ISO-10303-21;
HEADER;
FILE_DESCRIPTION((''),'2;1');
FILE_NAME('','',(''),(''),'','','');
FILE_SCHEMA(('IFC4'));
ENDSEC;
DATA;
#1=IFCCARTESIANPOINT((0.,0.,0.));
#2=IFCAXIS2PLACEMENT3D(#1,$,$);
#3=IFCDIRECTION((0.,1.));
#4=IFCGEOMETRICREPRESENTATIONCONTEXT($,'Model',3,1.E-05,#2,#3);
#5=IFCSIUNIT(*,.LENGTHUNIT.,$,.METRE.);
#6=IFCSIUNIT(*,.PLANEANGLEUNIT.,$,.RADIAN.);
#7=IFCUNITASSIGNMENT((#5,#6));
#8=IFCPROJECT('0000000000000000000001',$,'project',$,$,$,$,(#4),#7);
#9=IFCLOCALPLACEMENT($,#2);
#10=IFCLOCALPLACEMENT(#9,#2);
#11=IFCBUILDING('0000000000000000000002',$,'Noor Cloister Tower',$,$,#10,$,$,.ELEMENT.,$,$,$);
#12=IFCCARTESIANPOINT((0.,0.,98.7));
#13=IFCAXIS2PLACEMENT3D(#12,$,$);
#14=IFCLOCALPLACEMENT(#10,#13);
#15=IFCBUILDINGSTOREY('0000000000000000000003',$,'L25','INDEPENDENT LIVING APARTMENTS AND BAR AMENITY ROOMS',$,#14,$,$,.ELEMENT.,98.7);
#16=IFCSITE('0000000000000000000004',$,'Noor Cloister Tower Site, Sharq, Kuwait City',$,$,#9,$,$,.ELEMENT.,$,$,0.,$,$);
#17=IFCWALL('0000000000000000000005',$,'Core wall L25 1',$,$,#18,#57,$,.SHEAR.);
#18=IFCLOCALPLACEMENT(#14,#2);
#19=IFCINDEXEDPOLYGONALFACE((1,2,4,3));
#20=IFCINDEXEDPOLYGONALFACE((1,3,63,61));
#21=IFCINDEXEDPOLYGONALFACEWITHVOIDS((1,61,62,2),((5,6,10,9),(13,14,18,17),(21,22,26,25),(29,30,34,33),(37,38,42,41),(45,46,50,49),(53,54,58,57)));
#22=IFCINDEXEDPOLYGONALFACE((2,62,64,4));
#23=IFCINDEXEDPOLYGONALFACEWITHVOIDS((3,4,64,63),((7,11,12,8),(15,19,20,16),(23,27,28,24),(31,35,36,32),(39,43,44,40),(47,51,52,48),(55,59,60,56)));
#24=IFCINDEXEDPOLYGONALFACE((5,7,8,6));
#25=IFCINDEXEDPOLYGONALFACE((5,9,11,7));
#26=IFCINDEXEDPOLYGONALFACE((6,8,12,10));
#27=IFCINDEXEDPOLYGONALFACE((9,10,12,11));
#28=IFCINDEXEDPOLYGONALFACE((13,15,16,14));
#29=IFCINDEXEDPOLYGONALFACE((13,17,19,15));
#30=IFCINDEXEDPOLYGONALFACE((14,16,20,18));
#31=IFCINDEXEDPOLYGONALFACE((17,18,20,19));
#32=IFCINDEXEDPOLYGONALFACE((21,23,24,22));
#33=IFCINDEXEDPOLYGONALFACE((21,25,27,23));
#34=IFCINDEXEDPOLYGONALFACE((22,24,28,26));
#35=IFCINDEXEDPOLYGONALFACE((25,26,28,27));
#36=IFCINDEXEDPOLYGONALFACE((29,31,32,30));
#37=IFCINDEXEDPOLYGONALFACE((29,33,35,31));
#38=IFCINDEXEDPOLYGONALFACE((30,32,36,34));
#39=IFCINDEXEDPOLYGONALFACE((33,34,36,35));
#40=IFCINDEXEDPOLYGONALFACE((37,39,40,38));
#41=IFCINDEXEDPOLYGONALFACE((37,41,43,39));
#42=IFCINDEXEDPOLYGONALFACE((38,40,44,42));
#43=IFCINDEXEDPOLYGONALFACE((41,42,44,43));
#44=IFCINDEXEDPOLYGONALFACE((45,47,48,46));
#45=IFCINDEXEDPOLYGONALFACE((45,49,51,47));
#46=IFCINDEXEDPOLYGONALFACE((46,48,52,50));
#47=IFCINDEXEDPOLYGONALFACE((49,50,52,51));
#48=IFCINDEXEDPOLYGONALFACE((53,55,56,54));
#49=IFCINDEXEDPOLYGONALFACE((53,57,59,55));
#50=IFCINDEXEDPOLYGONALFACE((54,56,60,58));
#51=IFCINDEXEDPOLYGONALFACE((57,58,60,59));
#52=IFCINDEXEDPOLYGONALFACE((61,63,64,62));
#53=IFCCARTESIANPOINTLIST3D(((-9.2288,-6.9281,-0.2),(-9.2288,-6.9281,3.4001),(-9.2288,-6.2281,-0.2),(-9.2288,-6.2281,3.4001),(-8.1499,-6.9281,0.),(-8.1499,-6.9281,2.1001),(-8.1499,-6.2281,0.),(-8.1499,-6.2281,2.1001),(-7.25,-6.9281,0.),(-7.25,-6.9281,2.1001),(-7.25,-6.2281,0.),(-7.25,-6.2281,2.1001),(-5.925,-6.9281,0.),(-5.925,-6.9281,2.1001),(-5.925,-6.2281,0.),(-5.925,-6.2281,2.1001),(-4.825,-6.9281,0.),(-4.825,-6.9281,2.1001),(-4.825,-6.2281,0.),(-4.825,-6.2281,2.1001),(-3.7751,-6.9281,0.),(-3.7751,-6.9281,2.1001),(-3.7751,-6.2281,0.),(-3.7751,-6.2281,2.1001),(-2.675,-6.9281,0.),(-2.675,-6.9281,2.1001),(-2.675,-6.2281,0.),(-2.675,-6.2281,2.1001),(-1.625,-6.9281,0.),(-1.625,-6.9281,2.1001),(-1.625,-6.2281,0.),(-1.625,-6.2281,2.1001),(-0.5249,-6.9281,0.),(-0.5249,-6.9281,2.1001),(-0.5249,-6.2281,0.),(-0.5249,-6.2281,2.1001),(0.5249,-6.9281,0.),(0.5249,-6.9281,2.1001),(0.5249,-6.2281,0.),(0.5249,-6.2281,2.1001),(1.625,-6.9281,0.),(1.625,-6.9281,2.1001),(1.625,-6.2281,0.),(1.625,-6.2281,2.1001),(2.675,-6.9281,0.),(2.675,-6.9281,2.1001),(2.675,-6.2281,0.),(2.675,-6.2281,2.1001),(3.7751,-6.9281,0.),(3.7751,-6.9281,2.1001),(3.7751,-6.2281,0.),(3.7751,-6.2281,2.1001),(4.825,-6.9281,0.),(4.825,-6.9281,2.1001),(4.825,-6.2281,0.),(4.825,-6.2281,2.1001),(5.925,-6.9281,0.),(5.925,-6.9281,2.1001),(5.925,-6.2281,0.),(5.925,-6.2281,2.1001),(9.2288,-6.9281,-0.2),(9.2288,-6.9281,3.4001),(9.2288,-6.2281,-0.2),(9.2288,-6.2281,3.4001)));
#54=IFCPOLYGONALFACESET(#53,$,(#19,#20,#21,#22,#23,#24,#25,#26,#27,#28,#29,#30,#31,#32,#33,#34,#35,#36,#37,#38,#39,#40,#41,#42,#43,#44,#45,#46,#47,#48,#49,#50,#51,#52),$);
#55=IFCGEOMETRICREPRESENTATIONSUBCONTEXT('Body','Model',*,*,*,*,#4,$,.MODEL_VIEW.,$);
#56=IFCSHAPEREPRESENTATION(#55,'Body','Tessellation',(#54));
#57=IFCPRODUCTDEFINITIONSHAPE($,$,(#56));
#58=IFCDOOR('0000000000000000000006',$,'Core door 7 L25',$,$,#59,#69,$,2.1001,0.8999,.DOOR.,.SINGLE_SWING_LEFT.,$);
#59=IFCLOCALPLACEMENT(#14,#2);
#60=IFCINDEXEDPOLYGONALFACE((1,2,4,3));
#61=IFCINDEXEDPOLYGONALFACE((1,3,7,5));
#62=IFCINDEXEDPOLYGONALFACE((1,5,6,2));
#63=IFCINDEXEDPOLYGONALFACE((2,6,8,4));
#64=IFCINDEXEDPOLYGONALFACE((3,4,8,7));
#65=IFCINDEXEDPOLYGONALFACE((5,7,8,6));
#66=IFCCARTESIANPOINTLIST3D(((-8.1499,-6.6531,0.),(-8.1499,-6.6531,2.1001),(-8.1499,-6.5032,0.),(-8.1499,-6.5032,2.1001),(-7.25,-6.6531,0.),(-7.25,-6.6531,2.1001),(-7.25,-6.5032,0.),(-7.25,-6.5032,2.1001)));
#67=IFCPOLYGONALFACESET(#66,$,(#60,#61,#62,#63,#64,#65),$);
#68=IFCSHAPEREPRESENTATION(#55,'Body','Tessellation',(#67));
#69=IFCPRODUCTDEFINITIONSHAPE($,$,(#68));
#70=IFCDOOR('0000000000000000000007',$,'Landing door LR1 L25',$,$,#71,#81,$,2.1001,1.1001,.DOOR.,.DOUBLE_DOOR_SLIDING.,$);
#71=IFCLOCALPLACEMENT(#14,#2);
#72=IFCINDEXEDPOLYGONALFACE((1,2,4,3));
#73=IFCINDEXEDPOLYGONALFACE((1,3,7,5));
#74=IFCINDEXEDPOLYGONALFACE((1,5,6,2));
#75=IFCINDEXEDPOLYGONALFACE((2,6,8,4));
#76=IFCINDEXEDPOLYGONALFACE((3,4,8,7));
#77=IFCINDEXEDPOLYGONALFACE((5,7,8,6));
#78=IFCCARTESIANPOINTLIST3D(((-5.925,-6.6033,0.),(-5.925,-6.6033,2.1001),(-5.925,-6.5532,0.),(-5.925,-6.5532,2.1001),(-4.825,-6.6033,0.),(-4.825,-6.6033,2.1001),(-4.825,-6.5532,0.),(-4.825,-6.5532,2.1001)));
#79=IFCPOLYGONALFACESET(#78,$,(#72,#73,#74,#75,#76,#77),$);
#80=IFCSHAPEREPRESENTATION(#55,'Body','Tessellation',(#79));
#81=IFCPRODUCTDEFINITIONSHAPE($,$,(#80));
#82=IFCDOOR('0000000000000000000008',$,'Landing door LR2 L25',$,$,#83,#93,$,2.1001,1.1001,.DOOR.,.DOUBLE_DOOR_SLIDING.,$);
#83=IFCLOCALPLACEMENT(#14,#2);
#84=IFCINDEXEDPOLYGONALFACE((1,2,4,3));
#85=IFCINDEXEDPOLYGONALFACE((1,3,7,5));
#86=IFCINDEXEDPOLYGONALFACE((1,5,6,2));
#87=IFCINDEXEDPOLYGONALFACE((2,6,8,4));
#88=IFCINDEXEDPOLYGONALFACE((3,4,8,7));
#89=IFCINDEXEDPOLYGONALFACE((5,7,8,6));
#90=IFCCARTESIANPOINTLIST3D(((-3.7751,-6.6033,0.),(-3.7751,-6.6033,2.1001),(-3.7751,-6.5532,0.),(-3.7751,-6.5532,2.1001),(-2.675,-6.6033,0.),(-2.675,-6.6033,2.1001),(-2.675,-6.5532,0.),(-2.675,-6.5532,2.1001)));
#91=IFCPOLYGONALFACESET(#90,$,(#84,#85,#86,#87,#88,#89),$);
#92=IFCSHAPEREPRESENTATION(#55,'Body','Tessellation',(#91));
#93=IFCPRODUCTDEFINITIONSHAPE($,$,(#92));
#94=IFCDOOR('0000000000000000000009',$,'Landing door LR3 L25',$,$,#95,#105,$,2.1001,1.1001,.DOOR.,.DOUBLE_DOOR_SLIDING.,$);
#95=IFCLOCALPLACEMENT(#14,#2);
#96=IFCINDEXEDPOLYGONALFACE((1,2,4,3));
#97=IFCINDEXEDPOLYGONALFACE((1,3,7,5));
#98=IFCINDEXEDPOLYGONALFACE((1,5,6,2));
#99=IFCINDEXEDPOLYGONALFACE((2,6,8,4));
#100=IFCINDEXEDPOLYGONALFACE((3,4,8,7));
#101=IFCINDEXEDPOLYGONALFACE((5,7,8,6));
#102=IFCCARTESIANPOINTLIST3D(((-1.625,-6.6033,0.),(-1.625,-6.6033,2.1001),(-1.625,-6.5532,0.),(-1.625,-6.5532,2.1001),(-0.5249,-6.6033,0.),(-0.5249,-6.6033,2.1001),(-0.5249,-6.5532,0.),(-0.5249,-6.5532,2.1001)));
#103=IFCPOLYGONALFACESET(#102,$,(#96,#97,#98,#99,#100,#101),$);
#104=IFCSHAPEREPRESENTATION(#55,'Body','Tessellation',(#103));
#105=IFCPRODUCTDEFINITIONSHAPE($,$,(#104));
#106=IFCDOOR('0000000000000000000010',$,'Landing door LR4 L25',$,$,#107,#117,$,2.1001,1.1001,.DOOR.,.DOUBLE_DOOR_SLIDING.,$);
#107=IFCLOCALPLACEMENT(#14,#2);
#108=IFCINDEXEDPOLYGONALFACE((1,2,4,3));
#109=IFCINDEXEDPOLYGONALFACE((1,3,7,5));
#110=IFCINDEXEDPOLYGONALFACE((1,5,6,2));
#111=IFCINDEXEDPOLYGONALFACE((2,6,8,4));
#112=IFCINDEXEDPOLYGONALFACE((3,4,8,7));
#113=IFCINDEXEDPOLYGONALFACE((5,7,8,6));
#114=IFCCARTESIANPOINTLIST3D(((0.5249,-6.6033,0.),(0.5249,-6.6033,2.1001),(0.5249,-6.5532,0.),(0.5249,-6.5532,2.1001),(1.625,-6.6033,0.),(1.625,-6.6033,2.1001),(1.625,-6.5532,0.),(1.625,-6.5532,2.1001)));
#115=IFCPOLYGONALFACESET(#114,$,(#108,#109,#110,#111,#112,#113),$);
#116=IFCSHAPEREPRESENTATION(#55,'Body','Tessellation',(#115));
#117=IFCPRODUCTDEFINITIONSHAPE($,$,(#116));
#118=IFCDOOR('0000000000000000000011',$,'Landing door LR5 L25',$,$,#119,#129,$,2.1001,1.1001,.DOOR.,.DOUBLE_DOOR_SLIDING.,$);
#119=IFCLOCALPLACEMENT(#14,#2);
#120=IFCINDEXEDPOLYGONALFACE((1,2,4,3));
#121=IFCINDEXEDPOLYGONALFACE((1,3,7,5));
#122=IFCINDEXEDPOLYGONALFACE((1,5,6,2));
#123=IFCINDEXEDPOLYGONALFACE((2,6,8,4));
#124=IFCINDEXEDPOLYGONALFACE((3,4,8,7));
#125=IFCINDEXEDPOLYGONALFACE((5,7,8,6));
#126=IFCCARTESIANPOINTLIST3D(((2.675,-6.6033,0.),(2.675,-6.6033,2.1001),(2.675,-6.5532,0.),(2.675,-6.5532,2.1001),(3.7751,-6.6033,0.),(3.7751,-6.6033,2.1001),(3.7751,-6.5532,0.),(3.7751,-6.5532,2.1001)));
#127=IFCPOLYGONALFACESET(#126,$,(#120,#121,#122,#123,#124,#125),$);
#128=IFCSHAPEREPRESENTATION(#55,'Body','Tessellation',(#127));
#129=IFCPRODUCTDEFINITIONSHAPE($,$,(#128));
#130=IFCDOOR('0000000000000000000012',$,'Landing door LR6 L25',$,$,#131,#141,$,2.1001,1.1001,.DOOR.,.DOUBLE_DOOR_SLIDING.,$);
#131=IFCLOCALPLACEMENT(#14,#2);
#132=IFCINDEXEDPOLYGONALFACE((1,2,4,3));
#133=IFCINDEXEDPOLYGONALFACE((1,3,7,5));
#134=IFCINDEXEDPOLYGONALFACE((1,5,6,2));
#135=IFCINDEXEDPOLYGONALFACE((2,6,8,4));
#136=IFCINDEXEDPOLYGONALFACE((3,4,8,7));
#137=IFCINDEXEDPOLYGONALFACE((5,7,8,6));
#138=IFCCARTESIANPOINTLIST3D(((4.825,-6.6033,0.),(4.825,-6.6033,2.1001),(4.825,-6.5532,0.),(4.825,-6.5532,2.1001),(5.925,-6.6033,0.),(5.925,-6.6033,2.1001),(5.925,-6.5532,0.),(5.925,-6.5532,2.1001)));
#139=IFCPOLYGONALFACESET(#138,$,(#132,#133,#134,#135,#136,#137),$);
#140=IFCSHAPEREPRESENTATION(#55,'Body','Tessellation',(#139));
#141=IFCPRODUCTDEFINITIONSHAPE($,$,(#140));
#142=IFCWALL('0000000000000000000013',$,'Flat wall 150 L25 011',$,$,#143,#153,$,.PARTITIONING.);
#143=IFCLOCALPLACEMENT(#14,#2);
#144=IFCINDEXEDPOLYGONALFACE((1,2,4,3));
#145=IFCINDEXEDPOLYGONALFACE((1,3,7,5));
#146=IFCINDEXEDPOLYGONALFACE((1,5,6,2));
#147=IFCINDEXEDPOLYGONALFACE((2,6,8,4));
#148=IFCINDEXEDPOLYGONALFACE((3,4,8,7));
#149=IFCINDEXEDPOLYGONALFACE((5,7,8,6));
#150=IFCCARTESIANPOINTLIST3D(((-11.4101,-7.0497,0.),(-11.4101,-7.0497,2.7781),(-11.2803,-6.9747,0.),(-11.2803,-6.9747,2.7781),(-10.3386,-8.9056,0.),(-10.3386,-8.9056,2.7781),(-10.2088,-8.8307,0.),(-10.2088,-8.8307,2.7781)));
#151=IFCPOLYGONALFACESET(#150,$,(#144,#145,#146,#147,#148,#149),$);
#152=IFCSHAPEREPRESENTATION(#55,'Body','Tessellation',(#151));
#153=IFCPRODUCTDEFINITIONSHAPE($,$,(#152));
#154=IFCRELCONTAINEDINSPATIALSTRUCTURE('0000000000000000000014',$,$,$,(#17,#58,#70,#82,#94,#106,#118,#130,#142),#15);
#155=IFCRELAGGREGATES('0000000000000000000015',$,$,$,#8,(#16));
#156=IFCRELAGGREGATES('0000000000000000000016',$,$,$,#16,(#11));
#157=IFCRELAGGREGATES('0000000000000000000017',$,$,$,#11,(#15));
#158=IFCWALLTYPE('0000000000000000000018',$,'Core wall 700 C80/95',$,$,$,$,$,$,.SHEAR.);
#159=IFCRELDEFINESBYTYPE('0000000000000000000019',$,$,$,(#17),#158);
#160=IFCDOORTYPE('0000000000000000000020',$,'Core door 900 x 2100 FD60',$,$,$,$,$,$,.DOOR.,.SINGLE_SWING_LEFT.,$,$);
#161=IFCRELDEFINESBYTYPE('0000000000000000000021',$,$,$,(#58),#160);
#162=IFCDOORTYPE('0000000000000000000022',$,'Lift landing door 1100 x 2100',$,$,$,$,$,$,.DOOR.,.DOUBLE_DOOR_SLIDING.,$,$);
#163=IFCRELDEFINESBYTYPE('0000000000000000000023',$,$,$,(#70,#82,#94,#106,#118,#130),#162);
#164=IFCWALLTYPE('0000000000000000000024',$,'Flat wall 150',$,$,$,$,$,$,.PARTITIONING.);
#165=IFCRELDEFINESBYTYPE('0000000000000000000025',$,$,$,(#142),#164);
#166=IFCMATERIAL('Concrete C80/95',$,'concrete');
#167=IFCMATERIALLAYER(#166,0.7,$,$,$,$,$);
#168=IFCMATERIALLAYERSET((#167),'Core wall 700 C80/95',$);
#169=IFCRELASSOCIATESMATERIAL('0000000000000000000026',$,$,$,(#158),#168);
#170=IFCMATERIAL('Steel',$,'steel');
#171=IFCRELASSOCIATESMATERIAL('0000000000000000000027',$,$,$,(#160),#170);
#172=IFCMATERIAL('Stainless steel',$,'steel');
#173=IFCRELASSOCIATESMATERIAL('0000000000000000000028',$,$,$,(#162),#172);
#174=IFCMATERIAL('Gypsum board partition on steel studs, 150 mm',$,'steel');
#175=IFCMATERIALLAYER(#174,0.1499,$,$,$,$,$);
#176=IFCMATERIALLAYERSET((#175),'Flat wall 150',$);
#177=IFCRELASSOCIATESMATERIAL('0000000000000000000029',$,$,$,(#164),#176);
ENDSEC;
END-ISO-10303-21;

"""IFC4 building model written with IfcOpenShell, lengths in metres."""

from ifc_helpers import new_model, si_unit, direction, frame, frame_2d, origin, place, context, subcontext, project, spatial, rectangle, extrude, material, layer, layer_set, type_object, element, fill, save


model = new_model("IFC4")

# Units and contexts
model_context = context("Model", 3, precision=1e-05, world=origin(), true_north=direction((0.0, 1.0)))
body_context = subcontext(model_context, "Body", "Model", "MODEL_VIEW")
ifc_project = project(units=[si_unit("LENGTHUNIT", "METRE"), si_unit("PLANEANGLEUNIT", "RADIAN")], contexts=[model_context])

# Site, building, storey
site_placement = place(None, origin())
site = spatial("IfcSite", under=ifc_project, at=site_placement, Name="Noor Cloister Tower Site, Sharq, Kuwait City", CompositionType="ELEMENT", RefElevation=0.0)
building_placement = place(site_placement, origin())
building = spatial("IfcBuilding", under=site, at=building_placement, Name="Noor Cloister Tower", CompositionType="ELEMENT")
storey_placement = place(building_placement, frame((0.0, 0.0, 98.7)))
storey = spatial("IfcBuildingStorey", under=building, at=storey_placement, Name="L25", Description="INDEPENDENT LIVING APARTMENTS AND BAR AMENITY ROOMS", CompositionType="ELEMENT", Elevation=98.7)

# Wall, openings, doors
ifc_material_1 = material(Name="Concrete C80/95", Category="concrete")
ifc_layer_1 = layer(ifc_material_1, 0.7)
ifc_layer_set_1 = layer_set([ifc_layer_1], Name="Core wall 700 C80/95")
wall_type_1 = type_object("IfcWallType", Name="Core wall 700 C80/95", PredefinedType="SHEAR", material=ifc_layer_set_1)
wall_1_placement = place(storey_placement, frame((-9.2288, -6.5781, -0.2), z_axis=(0.0, 0.0, 1.0), x_axis=(1.0, 0.0, 0.0)))
wall_1 = element("IfcWall", 1, at=wall_1_placement, inside=storey, type_object=wall_type_1, Name="Core wall L25 1", PredefinedType="SHEAR", context=body_context, shape_type="SweptSolid", body=[
    extrude(rectangle(XDim=18.4575, YDim=0.7, at=frame_2d((9.2288, 0.0))), origin(), (0.0, 0.0, 1.0), 3.6001),
])
opening_1_placement = place(wall_1_placement, frame((3.3037, 0.0, 0.2)))
opening_1 = element("IfcOpeningElement", 2, at=opening_1_placement, cuts=wall_1, PredefinedType="OPENING", context=body_context, shape_type="SweptSolid", body=[
    extrude(rectangle(XDim=1.1001, YDim=2.1001, at=frame_2d((0.55, 1.05))), frame((0.0, 0.3599, 0.0), z_axis=(0.0, -1.0, 0.0), x_axis=(1.0, 0.0, 0.0)), (0.0, 0.0, 1.0), 0.72),
])
opening_2_placement = place(wall_1_placement, frame((5.4536, 0.0, 0.2)))
opening_2 = element("IfcOpeningElement", 3, at=opening_2_placement, cuts=wall_1, PredefinedType="OPENING", context=body_context, shape_type="SweptSolid", body=[
    extrude(rectangle(XDim=1.1001, YDim=2.1001, at=frame_2d((0.55, 1.05))), frame((0.0, 0.3599, 0.0), z_axis=(0.0, -1.0, 0.0), x_axis=(1.0, 0.0, 0.0)), (0.0, 0.0, 1.0), 0.72),
])
opening_3_placement = place(wall_1_placement, frame((7.6038, 0.0, 0.2)))
opening_3 = element("IfcOpeningElement", 4, at=opening_3_placement, cuts=wall_1, PredefinedType="OPENING", context=body_context, shape_type="SweptSolid", body=[
    extrude(rectangle(XDim=1.1001, YDim=2.1001, at=frame_2d((0.55, 1.05))), frame((0.0, 0.3599, 0.0), z_axis=(0.0, -1.0, 0.0), x_axis=(1.0, 0.0, 0.0)), (0.0, 0.0, 1.0), 0.72),
])
opening_4_placement = place(wall_1_placement, frame((9.7537, 0.0, 0.2)))
opening_4 = element("IfcOpeningElement", 5, at=opening_4_placement, cuts=wall_1, PredefinedType="OPENING", context=body_context, shape_type="SweptSolid", body=[
    extrude(rectangle(XDim=1.1001, YDim=2.1001, at=frame_2d((0.55, 1.05))), frame((0.0, 0.3599, 0.0), z_axis=(0.0, -1.0, 0.0), x_axis=(1.0, 0.0, 0.0)), (0.0, 0.0, 1.0), 0.72),
])
opening_5_placement = place(wall_1_placement, frame((11.9038, 0.0, 0.2)))
opening_5 = element("IfcOpeningElement", 6, at=opening_5_placement, cuts=wall_1, PredefinedType="OPENING", context=body_context, shape_type="SweptSolid", body=[
    extrude(rectangle(XDim=1.1001, YDim=2.1001, at=frame_2d((0.55, 1.05))), frame((0.0, 0.3599, 0.0), z_axis=(0.0, -1.0, 0.0), x_axis=(1.0, 0.0, 0.0)), (0.0, 0.0, 1.0), 0.72),
])
opening_6_placement = place(wall_1_placement, frame((14.0537, 0.0, 0.2)))
opening_6 = element("IfcOpeningElement", 7, at=opening_6_placement, cuts=wall_1, PredefinedType="OPENING", context=body_context, shape_type="SweptSolid", body=[
    extrude(rectangle(XDim=1.1001, YDim=2.1001, at=frame_2d((0.55, 1.05))), frame((0.0, 0.3599, 0.0), z_axis=(0.0, -1.0, 0.0), x_axis=(1.0, 0.0, 0.0)), (0.0, 0.0, 1.0), 0.72),
])
opening_7_placement = place(wall_1_placement, frame((1.0789, 0.0, 0.2)))
opening_7 = element("IfcOpeningElement", 8, at=opening_7_placement, cuts=wall_1, PredefinedType="OPENING", context=body_context, shape_type="SweptSolid", body=[
    extrude(rectangle(XDim=0.8999, YDim=2.1001, at=frame_2d((0.45, 1.05))), frame((0.0, 0.3599, 0.0), z_axis=(0.0, -1.0, 0.0), x_axis=(1.0, 0.0, 0.0)), (0.0, 0.0, 1.0), 0.72),
])
ifc_material_2 = material(Name="Steel", Category="steel")
door_type_1 = type_object("IfcDoorType", Name="Core door 900 x 2100 FD60", OperationType="SINGLE_SWING_LEFT", PredefinedType="DOOR", material=ifc_material_2)
door_1_placement = place(opening_7_placement, origin())
door_1 = element("IfcDoor", 9, at=door_1_placement, inside=storey, type_object=door_type_1, Name="Core door 7 L25", OperationType="SINGLE_SWING_LEFT", OverallHeight=2.1001, OverallWidth=0.8999, PredefinedType="DOOR", context=body_context, shape_type="SweptSolid", body=[
    extrude(rectangle(XDim=0.8999, YDim=2.1001, at=frame_2d((0.45, 1.05))), frame((0.0, 0.075, 0.0), z_axis=(0.0, -1.0, 0.0), x_axis=(1.0, 0.0, 0.0)), (0.0, 0.0, 1.0), 0.1499),
])
fill(opening_7, door_1)
ifc_material_3 = material(Name="Stainless steel", Category="steel")
door_type_2 = type_object("IfcDoorType", Name="Lift landing door 1100 x 2100", OperationType="DOUBLE_DOOR_SLIDING", PredefinedType="DOOR", material=ifc_material_3)
door_2_placement = place(opening_1_placement, origin())
door_2 = element("IfcDoor", 10, at=door_2_placement, inside=storey, type_object=door_type_2, Name="Landing door LR1 L25", OperationType="DOUBLE_DOOR_SLIDING", OverallHeight=2.1001, OverallWidth=1.1001, PredefinedType="DOOR", context=body_context, shape_type="SweptSolid", body=[
    extrude(rectangle(XDim=1.1001, YDim=2.1001, at=frame_2d((0.55, 1.05))), frame((0.0, 0.0249, 0.0), z_axis=(0.0, -1.0, 0.0), x_axis=(1.0, 0.0, 0.0)), (0.0, 0.0, 1.0), 0.05),
])
fill(opening_1, door_2)
door_3_placement = place(opening_2_placement, origin())
door_3 = element("IfcDoor", 11, at=door_3_placement, inside=storey, type_object=door_type_2, Name="Landing door LR2 L25", OperationType="DOUBLE_DOOR_SLIDING", OverallHeight=2.1001, OverallWidth=1.1001, PredefinedType="DOOR", context=body_context, shape_type="SweptSolid", body=[
    extrude(rectangle(XDim=1.1001, YDim=2.1001, at=frame_2d((0.55, 1.05))), frame((0.0, 0.0249, 0.0), z_axis=(0.0, -1.0, 0.0), x_axis=(1.0, 0.0, 0.0)), (0.0, 0.0, 1.0), 0.05),
])
fill(opening_2, door_3)
door_4_placement = place(opening_3_placement, origin())
door_4 = element("IfcDoor", 12, at=door_4_placement, inside=storey, type_object=door_type_2, Name="Landing door LR3 L25", OperationType="DOUBLE_DOOR_SLIDING", OverallHeight=2.1001, OverallWidth=1.1001, PredefinedType="DOOR", context=body_context, shape_type="SweptSolid", body=[
    extrude(rectangle(XDim=1.1001, YDim=2.1001, at=frame_2d((0.55, 1.05))), frame((0.0, 0.0249, 0.0), z_axis=(0.0, -1.0, 0.0), x_axis=(1.0, 0.0, 0.0)), (0.0, 0.0, 1.0), 0.05),
])
fill(opening_3, door_4)
door_5_placement = place(opening_4_placement, origin())
door_5 = element("IfcDoor", 13, at=door_5_placement, inside=storey, type_object=door_type_2, Name="Landing door LR4 L25", OperationType="DOUBLE_DOOR_SLIDING", OverallHeight=2.1001, OverallWidth=1.1001, PredefinedType="DOOR", context=body_context, shape_type="SweptSolid", body=[
    extrude(rectangle(XDim=1.1001, YDim=2.1001, at=frame_2d((0.55, 1.05))), frame((0.0, 0.0249, 0.0), z_axis=(0.0, -1.0, 0.0), x_axis=(1.0, 0.0, 0.0)), (0.0, 0.0, 1.0), 0.05),
])
fill(opening_4, door_5)
door_6_placement = place(opening_5_placement, origin())
door_6 = element("IfcDoor", 14, at=door_6_placement, inside=storey, type_object=door_type_2, Name="Landing door LR5 L25", OperationType="DOUBLE_DOOR_SLIDING", OverallHeight=2.1001, OverallWidth=1.1001, PredefinedType="DOOR", context=body_context, shape_type="SweptSolid", body=[
    extrude(rectangle(XDim=1.1001, YDim=2.1001, at=frame_2d((0.55, 1.05))), frame((0.0, 0.0249, 0.0), z_axis=(0.0, -1.0, 0.0), x_axis=(1.0, 0.0, 0.0)), (0.0, 0.0, 1.0), 0.05),
])
fill(opening_5, door_6)
door_7_placement = place(opening_6_placement, origin())
door_7 = element("IfcDoor", 15, at=door_7_placement, inside=storey, type_object=door_type_2, Name="Landing door LR6 L25", OperationType="DOUBLE_DOOR_SLIDING", OverallHeight=2.1001, OverallWidth=1.1001, PredefinedType="DOOR", context=body_context, shape_type="SweptSolid", body=[
    extrude(rectangle(XDim=1.1001, YDim=2.1001, at=frame_2d((0.55, 1.05))), frame((0.0, 0.0249, 0.0), z_axis=(0.0, -1.0, 0.0), x_axis=(1.0, 0.0, 0.0)), (0.0, 0.0, 1.0), 0.05),
])
fill(opening_6, door_7)

# Wall
ifc_material_4 = material(Name="Gypsum board partition on steel studs, 150 mm", Category="steel")
ifc_layer_2 = layer(ifc_material_4, 0.1499)
ifc_layer_set_2 = layer_set([ifc_layer_2], Name="Flat wall 150")
wall_type_2 = type_object("IfcWallType", Name="Flat wall 150", PredefinedType="PARTITIONING", material=ifc_layer_set_2)
wall_2_placement = place(storey_placement, frame((-11.3452, -7.0122, 0.0), z_axis=(0.0, 0.0, 1.0), x_axis=(0.499999, -0.866026, 0.0)))
element("IfcWall", 16, at=wall_2_placement, inside=storey, type_object=wall_type_2, Name="Flat wall 150 L25 011", PredefinedType="PARTITIONING", context=body_context, shape_type="SweptSolid", body=[
    extrude(rectangle(XDim=2.1431, YDim=0.1499, at=frame_2d((1.0715, 0.0))), origin(), (0.0, 0.0, 1.0), 2.7781),
])

save(model, "model.ifc")
